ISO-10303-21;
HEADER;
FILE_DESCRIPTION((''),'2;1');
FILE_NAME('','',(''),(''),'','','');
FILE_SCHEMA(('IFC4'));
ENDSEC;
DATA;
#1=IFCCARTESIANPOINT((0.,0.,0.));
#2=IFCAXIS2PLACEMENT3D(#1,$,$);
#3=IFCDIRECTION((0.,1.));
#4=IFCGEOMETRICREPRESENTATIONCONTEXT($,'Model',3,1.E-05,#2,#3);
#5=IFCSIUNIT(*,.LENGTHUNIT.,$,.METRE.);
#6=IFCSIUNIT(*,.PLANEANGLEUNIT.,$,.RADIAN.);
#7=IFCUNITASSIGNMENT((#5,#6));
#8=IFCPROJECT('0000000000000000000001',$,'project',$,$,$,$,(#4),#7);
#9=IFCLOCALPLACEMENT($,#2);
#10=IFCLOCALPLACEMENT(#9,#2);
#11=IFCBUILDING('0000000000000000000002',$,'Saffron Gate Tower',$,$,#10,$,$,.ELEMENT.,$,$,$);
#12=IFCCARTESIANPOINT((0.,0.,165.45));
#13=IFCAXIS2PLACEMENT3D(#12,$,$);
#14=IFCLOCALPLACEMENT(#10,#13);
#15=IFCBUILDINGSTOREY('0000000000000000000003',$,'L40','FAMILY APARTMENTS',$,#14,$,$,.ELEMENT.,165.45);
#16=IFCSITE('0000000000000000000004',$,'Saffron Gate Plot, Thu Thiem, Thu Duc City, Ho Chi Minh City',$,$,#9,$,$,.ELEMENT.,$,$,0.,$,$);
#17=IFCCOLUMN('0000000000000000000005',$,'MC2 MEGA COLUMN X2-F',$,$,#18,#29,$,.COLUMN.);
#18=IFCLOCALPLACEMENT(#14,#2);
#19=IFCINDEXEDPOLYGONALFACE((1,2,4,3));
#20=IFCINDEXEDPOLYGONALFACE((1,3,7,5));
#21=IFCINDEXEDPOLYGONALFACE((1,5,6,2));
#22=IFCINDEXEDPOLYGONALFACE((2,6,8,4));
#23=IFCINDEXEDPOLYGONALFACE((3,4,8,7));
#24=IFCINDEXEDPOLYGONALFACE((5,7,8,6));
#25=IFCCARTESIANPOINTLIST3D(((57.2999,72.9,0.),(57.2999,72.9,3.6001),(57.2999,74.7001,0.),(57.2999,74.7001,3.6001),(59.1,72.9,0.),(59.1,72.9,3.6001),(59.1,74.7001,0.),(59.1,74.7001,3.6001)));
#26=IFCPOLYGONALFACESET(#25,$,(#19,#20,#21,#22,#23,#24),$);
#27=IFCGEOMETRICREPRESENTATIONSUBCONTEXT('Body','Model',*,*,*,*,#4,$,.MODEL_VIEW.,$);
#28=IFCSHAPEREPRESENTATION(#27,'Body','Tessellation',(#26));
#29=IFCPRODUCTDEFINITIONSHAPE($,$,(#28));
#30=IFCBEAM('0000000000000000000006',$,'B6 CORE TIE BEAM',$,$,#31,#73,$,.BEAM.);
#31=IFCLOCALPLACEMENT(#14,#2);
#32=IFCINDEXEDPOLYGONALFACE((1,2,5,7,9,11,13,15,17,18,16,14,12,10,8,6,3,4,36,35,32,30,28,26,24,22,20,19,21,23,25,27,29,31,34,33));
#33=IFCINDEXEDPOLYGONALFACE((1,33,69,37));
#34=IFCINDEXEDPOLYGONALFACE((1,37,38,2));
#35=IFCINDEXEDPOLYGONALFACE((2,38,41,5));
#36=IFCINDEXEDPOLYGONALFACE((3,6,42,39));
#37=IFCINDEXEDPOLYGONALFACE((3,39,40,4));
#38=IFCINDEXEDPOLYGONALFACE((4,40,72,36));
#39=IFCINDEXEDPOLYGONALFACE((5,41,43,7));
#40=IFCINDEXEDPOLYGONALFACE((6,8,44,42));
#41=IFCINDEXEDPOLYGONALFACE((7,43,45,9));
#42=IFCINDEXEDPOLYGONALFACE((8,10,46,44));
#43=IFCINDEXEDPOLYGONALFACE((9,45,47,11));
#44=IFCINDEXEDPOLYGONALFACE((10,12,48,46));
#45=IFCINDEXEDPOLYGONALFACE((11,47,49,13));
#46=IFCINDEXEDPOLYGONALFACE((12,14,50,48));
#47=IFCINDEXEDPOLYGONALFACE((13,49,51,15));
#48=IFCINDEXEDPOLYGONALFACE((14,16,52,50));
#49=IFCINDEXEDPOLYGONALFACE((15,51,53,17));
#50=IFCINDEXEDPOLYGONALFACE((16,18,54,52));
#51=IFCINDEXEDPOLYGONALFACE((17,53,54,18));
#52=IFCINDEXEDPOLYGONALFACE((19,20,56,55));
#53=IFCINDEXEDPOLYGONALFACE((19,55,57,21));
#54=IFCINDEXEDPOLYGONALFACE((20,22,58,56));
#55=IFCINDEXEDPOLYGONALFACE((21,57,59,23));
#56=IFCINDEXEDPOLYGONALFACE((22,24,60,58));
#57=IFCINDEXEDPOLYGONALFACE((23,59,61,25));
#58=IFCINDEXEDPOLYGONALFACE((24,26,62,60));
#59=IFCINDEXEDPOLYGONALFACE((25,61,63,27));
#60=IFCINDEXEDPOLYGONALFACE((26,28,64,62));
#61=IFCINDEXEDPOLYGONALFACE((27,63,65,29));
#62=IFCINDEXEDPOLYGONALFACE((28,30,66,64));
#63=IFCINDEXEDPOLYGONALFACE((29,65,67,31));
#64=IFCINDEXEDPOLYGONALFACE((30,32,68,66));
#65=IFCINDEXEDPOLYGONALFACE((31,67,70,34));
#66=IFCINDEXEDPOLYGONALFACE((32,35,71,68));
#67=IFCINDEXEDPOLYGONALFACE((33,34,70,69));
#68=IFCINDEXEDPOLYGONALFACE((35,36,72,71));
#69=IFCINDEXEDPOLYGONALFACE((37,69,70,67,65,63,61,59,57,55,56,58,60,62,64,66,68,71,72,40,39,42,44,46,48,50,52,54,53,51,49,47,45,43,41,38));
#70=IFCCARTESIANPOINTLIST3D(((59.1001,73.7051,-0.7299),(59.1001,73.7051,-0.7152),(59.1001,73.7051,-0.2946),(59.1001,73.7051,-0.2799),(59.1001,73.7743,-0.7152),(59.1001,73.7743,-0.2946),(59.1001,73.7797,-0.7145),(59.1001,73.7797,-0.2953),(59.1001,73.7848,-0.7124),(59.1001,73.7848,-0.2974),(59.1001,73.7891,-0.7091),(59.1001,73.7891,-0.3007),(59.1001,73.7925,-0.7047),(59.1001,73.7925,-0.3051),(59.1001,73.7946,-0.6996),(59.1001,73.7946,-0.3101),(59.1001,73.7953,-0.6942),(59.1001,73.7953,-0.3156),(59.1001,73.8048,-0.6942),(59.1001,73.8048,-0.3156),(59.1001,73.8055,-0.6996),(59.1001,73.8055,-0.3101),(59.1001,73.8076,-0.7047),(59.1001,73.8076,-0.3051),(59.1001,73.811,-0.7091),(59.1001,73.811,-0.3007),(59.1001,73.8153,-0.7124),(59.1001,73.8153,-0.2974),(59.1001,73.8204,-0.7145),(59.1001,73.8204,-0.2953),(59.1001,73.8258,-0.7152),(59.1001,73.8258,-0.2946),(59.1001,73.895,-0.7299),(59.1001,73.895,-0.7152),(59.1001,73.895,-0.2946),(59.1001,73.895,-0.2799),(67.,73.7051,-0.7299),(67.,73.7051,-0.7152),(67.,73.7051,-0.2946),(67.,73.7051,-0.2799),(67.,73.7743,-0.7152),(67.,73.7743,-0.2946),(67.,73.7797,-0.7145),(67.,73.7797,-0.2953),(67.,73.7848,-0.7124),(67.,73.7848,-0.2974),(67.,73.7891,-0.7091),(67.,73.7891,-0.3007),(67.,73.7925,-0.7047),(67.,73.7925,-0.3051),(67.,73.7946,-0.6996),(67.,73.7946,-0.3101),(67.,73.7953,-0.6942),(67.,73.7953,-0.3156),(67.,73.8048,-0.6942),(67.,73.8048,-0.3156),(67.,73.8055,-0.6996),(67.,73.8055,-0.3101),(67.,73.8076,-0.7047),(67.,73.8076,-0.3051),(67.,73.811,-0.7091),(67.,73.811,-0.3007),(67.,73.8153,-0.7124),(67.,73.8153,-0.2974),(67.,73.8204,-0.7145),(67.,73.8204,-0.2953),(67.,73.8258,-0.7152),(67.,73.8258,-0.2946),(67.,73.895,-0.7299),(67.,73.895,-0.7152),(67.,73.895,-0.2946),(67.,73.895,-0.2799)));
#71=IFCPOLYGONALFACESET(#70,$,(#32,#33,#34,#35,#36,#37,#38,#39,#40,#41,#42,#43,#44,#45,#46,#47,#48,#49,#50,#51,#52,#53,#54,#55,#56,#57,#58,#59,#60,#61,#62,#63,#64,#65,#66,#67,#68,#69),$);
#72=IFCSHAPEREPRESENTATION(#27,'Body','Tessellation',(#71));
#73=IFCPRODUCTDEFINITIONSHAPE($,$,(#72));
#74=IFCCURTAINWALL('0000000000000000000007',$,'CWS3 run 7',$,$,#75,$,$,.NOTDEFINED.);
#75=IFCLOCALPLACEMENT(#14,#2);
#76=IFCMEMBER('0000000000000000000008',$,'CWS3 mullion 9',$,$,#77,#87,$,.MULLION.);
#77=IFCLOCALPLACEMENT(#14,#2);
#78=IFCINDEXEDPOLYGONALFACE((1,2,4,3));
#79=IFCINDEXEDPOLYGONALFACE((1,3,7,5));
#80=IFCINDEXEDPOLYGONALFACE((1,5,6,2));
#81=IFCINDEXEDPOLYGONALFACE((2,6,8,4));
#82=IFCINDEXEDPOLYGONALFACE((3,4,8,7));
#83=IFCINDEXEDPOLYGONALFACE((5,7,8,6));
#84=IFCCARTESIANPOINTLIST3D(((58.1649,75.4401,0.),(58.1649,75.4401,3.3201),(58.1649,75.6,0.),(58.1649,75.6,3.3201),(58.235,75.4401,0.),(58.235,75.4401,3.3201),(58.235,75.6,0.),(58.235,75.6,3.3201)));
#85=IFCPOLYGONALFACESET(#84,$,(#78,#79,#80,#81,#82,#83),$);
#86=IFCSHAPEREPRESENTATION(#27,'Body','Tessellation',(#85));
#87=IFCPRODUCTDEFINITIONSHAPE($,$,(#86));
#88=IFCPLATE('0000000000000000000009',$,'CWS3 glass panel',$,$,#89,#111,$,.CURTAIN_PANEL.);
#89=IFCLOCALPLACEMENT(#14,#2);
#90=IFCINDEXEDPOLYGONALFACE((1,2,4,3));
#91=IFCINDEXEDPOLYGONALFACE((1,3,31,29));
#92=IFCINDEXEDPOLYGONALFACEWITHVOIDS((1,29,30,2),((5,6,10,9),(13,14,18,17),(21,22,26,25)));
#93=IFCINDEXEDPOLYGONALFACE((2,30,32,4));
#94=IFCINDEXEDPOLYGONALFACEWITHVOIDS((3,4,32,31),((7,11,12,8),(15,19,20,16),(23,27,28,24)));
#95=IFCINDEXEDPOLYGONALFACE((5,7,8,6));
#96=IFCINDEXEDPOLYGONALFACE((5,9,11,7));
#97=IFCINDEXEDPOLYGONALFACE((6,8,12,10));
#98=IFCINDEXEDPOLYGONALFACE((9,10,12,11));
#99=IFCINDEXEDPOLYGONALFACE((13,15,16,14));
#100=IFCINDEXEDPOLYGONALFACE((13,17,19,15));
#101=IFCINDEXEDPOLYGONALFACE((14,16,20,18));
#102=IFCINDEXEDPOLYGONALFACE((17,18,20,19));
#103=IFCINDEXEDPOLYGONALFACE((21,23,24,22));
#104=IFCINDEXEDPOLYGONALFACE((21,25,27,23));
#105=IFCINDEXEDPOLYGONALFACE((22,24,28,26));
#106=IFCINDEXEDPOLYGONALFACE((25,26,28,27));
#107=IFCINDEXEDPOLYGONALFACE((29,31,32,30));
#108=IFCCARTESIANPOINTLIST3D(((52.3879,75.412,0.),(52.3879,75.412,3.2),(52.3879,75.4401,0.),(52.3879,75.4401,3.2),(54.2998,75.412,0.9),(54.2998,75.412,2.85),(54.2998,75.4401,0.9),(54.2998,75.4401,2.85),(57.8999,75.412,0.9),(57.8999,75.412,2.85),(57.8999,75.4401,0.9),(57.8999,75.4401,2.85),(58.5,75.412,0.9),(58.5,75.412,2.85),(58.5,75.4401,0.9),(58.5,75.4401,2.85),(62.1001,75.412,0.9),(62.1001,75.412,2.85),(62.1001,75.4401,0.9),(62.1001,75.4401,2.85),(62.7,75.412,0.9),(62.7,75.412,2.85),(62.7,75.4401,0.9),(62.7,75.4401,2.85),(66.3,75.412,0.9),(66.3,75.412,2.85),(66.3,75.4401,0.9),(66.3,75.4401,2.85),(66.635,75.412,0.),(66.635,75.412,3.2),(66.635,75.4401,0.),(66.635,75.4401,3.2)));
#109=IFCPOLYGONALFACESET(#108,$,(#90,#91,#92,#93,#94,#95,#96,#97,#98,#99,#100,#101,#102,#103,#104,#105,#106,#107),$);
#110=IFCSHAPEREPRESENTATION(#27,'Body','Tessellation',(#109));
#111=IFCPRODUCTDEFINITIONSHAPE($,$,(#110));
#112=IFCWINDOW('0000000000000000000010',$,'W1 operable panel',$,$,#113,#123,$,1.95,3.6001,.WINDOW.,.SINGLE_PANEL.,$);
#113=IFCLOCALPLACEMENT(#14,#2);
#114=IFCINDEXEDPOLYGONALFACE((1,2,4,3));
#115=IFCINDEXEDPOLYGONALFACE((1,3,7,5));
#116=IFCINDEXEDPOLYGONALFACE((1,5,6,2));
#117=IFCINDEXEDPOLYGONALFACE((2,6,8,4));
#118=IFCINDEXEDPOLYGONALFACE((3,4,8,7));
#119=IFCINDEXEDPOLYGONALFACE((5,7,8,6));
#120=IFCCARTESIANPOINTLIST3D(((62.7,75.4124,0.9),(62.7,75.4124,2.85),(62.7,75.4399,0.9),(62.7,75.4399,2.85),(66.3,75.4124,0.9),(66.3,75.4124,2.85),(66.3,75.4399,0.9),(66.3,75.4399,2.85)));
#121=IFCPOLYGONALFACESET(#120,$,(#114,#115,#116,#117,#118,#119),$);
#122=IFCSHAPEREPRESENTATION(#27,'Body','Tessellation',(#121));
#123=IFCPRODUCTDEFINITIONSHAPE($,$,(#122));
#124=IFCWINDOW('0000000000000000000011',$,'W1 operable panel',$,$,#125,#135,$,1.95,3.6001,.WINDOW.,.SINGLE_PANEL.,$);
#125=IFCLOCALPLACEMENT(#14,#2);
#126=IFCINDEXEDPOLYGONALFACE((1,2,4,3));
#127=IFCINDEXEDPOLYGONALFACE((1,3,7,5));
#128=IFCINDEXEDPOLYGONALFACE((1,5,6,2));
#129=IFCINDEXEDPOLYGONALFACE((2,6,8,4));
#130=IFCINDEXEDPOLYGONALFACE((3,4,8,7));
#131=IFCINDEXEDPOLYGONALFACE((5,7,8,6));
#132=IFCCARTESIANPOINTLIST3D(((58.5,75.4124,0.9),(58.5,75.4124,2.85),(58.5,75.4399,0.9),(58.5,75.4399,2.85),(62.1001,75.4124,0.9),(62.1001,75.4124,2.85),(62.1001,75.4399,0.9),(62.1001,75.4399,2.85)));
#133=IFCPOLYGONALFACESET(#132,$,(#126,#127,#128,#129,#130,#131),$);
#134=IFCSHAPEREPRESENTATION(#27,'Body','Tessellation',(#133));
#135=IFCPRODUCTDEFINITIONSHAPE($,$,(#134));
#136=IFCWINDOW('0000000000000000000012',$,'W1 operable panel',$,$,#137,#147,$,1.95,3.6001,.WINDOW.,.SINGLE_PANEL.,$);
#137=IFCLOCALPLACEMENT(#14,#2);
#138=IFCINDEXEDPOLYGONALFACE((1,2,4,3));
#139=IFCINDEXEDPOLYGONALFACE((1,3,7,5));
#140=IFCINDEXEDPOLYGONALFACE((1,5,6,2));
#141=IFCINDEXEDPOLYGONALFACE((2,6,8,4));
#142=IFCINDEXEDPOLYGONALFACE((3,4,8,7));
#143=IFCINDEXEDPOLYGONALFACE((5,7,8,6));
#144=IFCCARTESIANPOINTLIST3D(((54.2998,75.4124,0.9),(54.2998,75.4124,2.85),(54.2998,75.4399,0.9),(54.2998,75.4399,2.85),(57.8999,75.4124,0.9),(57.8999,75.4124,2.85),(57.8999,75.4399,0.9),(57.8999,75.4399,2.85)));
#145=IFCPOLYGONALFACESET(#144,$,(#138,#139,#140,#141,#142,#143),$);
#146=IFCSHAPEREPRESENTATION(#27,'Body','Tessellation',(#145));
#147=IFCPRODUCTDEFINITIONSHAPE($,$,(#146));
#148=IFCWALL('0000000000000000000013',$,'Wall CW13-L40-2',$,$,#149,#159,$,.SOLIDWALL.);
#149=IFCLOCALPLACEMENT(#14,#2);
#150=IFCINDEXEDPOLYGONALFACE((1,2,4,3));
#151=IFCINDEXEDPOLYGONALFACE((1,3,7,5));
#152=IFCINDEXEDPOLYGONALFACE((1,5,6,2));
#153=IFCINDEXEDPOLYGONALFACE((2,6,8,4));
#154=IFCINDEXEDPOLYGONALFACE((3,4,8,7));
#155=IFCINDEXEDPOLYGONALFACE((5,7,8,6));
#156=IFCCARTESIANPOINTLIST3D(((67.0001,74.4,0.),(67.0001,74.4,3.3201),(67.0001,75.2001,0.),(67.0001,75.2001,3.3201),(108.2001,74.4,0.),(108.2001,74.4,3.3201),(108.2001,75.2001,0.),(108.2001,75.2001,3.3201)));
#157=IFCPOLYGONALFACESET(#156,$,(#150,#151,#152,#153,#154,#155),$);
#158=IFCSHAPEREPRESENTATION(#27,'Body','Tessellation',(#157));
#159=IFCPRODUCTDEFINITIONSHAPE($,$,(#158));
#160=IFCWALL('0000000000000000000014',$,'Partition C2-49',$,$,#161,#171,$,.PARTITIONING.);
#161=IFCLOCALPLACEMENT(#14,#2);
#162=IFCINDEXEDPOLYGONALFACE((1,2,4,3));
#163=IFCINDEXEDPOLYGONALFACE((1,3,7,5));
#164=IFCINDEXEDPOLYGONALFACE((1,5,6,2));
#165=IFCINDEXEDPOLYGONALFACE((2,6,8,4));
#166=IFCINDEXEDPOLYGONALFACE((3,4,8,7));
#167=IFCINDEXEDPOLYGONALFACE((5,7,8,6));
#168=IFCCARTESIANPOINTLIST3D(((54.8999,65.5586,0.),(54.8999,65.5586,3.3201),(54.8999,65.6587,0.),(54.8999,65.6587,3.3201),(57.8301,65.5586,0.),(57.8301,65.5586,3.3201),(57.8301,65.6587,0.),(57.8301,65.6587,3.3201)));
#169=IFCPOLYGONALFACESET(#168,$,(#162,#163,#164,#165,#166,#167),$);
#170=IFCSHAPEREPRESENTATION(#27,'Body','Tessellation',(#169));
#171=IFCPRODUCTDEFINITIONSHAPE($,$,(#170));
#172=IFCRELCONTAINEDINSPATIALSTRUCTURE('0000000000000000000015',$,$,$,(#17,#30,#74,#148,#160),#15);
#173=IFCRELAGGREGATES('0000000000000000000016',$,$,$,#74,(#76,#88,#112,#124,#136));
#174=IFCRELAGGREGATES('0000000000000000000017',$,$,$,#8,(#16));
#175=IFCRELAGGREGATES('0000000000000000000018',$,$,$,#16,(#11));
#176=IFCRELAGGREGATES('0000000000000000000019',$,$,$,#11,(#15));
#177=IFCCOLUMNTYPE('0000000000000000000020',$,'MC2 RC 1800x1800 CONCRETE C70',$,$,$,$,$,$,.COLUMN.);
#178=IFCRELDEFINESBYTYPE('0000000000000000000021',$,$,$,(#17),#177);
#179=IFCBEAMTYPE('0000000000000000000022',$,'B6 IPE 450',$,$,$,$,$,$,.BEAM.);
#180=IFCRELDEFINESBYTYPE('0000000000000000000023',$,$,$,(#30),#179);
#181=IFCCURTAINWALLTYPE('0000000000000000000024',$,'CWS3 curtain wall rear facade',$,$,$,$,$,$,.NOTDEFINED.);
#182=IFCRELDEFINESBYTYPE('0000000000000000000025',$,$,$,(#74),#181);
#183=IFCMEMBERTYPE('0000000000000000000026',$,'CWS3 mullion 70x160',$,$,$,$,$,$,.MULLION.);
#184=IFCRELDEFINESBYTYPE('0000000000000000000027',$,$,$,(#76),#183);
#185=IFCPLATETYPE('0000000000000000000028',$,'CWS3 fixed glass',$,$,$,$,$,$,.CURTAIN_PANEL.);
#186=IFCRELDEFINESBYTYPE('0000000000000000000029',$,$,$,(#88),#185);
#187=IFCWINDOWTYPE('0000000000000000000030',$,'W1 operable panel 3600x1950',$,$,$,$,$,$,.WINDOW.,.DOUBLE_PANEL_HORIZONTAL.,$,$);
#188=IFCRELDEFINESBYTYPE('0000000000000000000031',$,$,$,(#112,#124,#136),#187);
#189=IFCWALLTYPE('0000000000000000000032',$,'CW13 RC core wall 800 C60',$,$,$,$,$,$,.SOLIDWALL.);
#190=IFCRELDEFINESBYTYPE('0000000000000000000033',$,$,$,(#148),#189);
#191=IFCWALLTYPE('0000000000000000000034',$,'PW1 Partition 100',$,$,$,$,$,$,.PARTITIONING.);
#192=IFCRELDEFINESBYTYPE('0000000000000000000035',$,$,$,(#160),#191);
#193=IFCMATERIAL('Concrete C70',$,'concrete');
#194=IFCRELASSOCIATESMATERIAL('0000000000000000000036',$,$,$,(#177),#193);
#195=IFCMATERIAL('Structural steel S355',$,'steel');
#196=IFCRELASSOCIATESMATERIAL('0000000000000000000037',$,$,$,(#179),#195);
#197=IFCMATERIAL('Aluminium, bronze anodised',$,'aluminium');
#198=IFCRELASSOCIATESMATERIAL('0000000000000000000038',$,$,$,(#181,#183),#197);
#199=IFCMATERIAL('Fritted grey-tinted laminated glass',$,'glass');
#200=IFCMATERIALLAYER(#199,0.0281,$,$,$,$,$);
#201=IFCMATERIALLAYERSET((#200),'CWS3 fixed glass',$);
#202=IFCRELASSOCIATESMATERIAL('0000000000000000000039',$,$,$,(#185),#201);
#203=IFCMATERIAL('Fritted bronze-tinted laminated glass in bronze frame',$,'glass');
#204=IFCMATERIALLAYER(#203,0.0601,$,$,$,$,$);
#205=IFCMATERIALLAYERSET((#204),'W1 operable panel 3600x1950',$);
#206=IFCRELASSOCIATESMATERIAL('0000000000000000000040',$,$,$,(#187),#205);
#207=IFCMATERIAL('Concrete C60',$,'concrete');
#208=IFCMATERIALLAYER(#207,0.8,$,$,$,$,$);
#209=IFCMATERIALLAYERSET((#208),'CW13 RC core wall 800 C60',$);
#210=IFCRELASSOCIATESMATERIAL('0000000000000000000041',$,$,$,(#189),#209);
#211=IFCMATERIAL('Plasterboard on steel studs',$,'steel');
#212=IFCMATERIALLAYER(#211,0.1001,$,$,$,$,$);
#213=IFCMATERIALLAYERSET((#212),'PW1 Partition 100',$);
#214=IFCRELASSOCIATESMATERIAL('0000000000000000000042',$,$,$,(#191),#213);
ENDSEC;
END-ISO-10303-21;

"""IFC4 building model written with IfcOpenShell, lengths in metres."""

from ifc_helpers import new_model, si_unit, direction, frame, frame_2d, origin, origin_2d, place, context, subcontext, project, spatial, rectangle, i_section, extrude, material, layer, layer_set, material_profile, profile_set, type_object, element, fill, aggregate, save


model = new_model("IFC4")

# Units and contexts
model_context = context("Model", 3, precision=1e-05, world=origin(), true_north=direction((0.0, 1.0)))
body_context = subcontext(model_context, "Body", "Model", "MODEL_VIEW")
ifc_project = project(units=[si_unit("LENGTHUNIT", "METRE"), si_unit("PLANEANGLEUNIT", "RADIAN")], contexts=[model_context])

# Site, building, storey
site_placement = place(None, origin())
site = spatial("IfcSite", under=ifc_project, at=site_placement, Name="Saffron Gate Plot, Thu Thiem, Thu Duc City, Ho Chi Minh City", CompositionType="ELEMENT", RefElevation=0.0)
building_placement = place(site_placement, origin())
building = spatial("IfcBuilding", under=site, at=building_placement, Name="Saffron Gate Tower", CompositionType="ELEMENT")
storey_placement = place(building_placement, frame((0.0, 0.0, 165.45)))
storey = spatial("IfcBuildingStorey", under=building, at=storey_placement, Name="L40", Description="FAMILY APARTMENTS", CompositionType="ELEMENT", Elevation=165.45)

# Column
ifc_material_1 = material(Name="Concrete C70", Category="concrete")
ifc_material_profile_1 = material_profile(ifc_material_1, rectangle(XDim=1.8, YDim=1.8, at=origin_2d()))
ifc_profile_set_1 = profile_set([ifc_material_profile_1], Name="Concrete C70")
column_type = type_object("IfcColumnType", Name="MC2 RC 1800x1800 CONCRETE C70", PredefinedType="COLUMN", material=ifc_profile_set_1)
column_placement = place(storey_placement, frame((58.2, 73.8, 0.0), z_axis=(0.0, 0.0, 1.0), x_axis=(1.0, 0.0, 0.0)))
element("IfcColumn", 1, at=column_placement, inside=storey, type_object=column_type, Name="MC2 MEGA COLUMN X2-F", PredefinedType="COLUMN", context=body_context, shape_type="SweptSolid", body=[
    extrude(rectangle(XDim=1.8, YDim=1.8, at=origin_2d()), origin(), (0.0, 0.0, 1.0), 3.6001),
])

# Beam
ifc_material_2 = material(Name="Structural steel S355", Category="steel")
ifc_material_profile_2 = material_profile(ifc_material_2, i_section(OverallWidth=0.1899, OverallDepth=0.45, WebThickness=0.0095, FlangeThickness=0.0146, FilletRadius=0.021, at=origin_2d()))
ifc_profile_set_2 = profile_set([ifc_material_profile_2], Name="Structural steel S355")
beam_type = type_object("IfcBeamType", Name="B6 IPE 450", PredefinedType="BEAM", material=ifc_profile_set_2)
beam_placement = place(storey_placement, frame((59.1001, 73.8, -0.5049), z_axis=(1.0, 0.0, 0.0), x_axis=(0.0, 1.0, 0.0)))
element("IfcBeam", 2, at=beam_placement, inside=storey, type_object=beam_type, Name="B6 CORE TIE BEAM", PredefinedType="BEAM", context=body_context, shape_type="SweptSolid", body=[
    extrude(i_section(OverallWidth=0.1899, OverallDepth=0.45, WebThickness=0.0095, FlangeThickness=0.0146, FilletRadius=0.021, at=origin_2d()), origin(), (0.0, 0.0, 1.0), 7.8999),
])

# Curtain wall, member, plate, openings, windows
ifc_material_3 = material(Name="Aluminium, bronze anodised", Category="aluminium")
curtain_wall_type = type_object("IfcCurtainWallType", Name="CWS3 curtain wall rear facade", PredefinedType="NOTDEFINED", material=ifc_material_3)
curtain_wall_placement = place(storey_placement, origin())
curtain_wall = element("IfcCurtainWall", 3, at=curtain_wall_placement, inside=storey, type_object=curtain_wall_type, Name="CWS3 run 7", PredefinedType="NOTDEFINED")
ifc_material_profile_3 = material_profile(ifc_material_3, rectangle(XDim=0.1599, YDim=0.0701, at=origin_2d()))
ifc_profile_set_3 = profile_set([ifc_material_profile_3], Name="Aluminium, bronze anodised")
member_type = type_object("IfcMemberType", Name="CWS3 mullion 70x160", PredefinedType="MULLION", material=ifc_profile_set_3)
member_placement = place(storey_placement, frame((58.2, 75.52, 0.0), z_axis=(0.0, 0.0, 1.0), x_axis=(0.0, -1.0, 0.0)))
member = element("IfcMember", 4, at=member_placement, type_object=member_type, Name="CWS3 mullion 9", PredefinedType="MULLION", context=body_context, shape_type="SweptSolid", body=[
    extrude(rectangle(XDim=0.1599, YDim=0.0701, at=origin_2d()), origin(), (0.0, 0.0, 1.0), 3.3201),
])
ifc_material_4 = material(Name="Fritted grey-tinted laminated glass", Category="glass")
ifc_layer_1 = layer(ifc_material_4, 0.0281)
ifc_layer_set_1 = layer_set([ifc_layer_1], Name="CWS3 fixed glass")
plate_type = type_object("IfcPlateType", Name="CWS3 fixed glass", PredefinedType="CURTAIN_PANEL", material=ifc_layer_set_1)
plate_placement = place(storey_placement, frame((66.635, 75.426, 0.0), z_axis=(0.0, 0.0, 1.0), x_axis=(-1.0, 0.0, 0.0)))
plate = element("IfcPlate", 5, at=plate_placement, type_object=plate_type, Name="CWS3 glass panel", PredefinedType="CURTAIN_PANEL", context=body_context, shape_type="SweptSolid", body=[
    extrude(rectangle(XDim=14.2471, YDim=0.0281, at=frame_2d((7.1235, 0.0))), origin(), (0.0, 0.0, 1.0), 3.2),
])
opening_1_placement = place(plate_placement, frame((0.335, 0.0, 0.8999)))
opening_1 = element("IfcOpeningElement", 6, at=opening_1_placement, cuts=plate, PredefinedType="OPENING", context=body_context, shape_type="SweptSolid", body=[
    extrude(rectangle(XDim=3.6001, YDim=1.95, at=frame_2d((1.8, 0.9751))), frame((0.0, 0.0239, 0.0), z_axis=(0.0, -1.0, 0.0), x_axis=(1.0, 0.0, 0.0)), (0.0, 0.0, 1.0), 0.0481),
])
opening_2_placement = place(plate_placement, frame((4.5349, 0.0, 0.8999)))
opening_2 = element("IfcOpeningElement", 7, at=opening_2_placement, cuts=plate, PredefinedType="OPENING", context=body_context, shape_type="SweptSolid", body=[
    extrude(rectangle(XDim=3.6001, YDim=1.95, at=frame_2d((1.8, 0.9751))), frame((0.0, 0.0239, 0.0), z_axis=(0.0, -1.0, 0.0), x_axis=(1.0, 0.0, 0.0)), (0.0, 0.0, 1.0), 0.0481),
])
opening_3_placement = place(plate_placement, frame((8.7351, 0.0, 0.8999)))
opening_3 = element("IfcOpeningElement", 8, at=opening_3_placement, cuts=plate, PredefinedType="OPENING", context=body_context, shape_type="SweptSolid", body=[
    extrude(rectangle(XDim=3.6001, YDim=1.95, at=frame_2d((1.8, 0.9751))), frame((0.0, 0.0239, 0.0), z_axis=(0.0, -1.0, 0.0), x_axis=(1.0, 0.0, 0.0)), (0.0, 0.0, 1.0), 0.0481),
])
ifc_material_5 = material(Name="Fritted bronze-tinted laminated glass in bronze frame", Category="glass")
ifc_layer_2 = layer(ifc_material_5, 0.0601)
ifc_layer_set_2 = layer_set([ifc_layer_2], Name="W1 operable panel 3600x1950")
window_type = type_object("IfcWindowType", Name="W1 operable panel 3600x1950", PartitioningType="DOUBLE_PANEL_HORIZONTAL", PredefinedType="WINDOW", material=ifc_layer_set_2)
window_1_placement = place(opening_1_placement, origin())
window_1 = element("IfcWindow", 9, at=window_1_placement, type_object=window_type, Name="W1 operable panel", OverallHeight=1.95, OverallWidth=3.6001, PartitioningType="SINGLE_PANEL", PredefinedType="WINDOW", context=body_context, shape_type="SweptSolid", body=[
    extrude(rectangle(XDim=3.6001, YDim=1.95, at=frame_2d((1.8, 0.9751))), frame((0.0, 0.0137, 0.0), z_axis=(0.0, -1.0, 0.0), x_axis=(1.0, 0.0, 0.0)), (0.0, 0.0, 1.0), 0.0276),
])
fill(opening_1, window_1)
window_2_placement = place(opening_2_placement, origin())
window_2 = element("IfcWindow", 10, at=window_2_placement, type_object=window_type, Name="W1 operable panel", OverallHeight=1.95, OverallWidth=3.6001, PartitioningType="SINGLE_PANEL", PredefinedType="WINDOW", context=body_context, shape_type="SweptSolid", body=[
    extrude(rectangle(XDim=3.6001, YDim=1.95, at=frame_2d((1.8, 0.9751))), frame((0.0, 0.0137, 0.0), z_axis=(0.0, -1.0, 0.0), x_axis=(1.0, 0.0, 0.0)), (0.0, 0.0, 1.0), 0.0276),
])
fill(opening_2, window_2)
window_3_placement = place(opening_3_placement, origin())
window_3 = element("IfcWindow", 11, at=window_3_placement, type_object=window_type, Name="W1 operable panel", OverallHeight=1.95, OverallWidth=3.6001, PartitioningType="SINGLE_PANEL", PredefinedType="WINDOW", context=body_context, shape_type="SweptSolid", body=[
    extrude(rectangle(XDim=3.6001, YDim=1.95, at=frame_2d((1.8, 0.9751))), frame((0.0, 0.0137, 0.0), z_axis=(0.0, -1.0, 0.0), x_axis=(1.0, 0.0, 0.0)), (0.0, 0.0, 1.0), 0.0276),
])
fill(opening_3, window_3)
aggregate(curtain_wall, [member, plate, window_1, window_2, window_3])

# Walls
ifc_material_6 = material(Name="Concrete C60", Category="concrete")
ifc_layer_3 = layer(ifc_material_6, 0.8)
ifc_layer_set_3 = layer_set([ifc_layer_3], Name="CW13 RC core wall 800 C60")
wall_type_1 = type_object("IfcWallType", Name="CW13 RC core wall 800 C60", PredefinedType="SOLIDWALL", material=ifc_layer_set_3)
wall_1_placement = place(storey_placement, frame((67.0, 74.8, 0.0), z_axis=(0.0, 0.0, 1.0), x_axis=(1.0, 0.0, 0.0)))
element("IfcWall", 12, at=wall_1_placement, inside=storey, type_object=wall_type_1, Name="Wall CW13-L40-2", PredefinedType="SOLIDWALL", context=body_context, shape_type="SweptSolid", body=[
    extrude(rectangle(XDim=41.2, YDim=0.8, at=frame_2d((20.6001, 0.0))), origin(), (0.0, 0.0, 1.0), 3.3201),
])
ifc_material_7 = material(Name="Plasterboard on steel studs", Category="steel")
ifc_layer_4 = layer(ifc_material_7, 0.1001)
ifc_layer_set_4 = layer_set([ifc_layer_4], Name="PW1 Partition 100")
wall_type_2 = type_object("IfcWallType", Name="PW1 Partition 100", PredefinedType="PARTITIONING", material=ifc_layer_set_4)
wall_2_placement = place(storey_placement, frame((54.8999, 65.6086, 0.0), z_axis=(0.0, 0.0, 1.0), x_axis=(1.0, 0.0, 0.0)))
element("IfcWall", 13, at=wall_2_placement, inside=storey, type_object=wall_type_2, Name="Partition C2-49", PredefinedType="PARTITIONING", context=body_context, shape_type="SweptSolid", body=[
    extrude(rectangle(XDim=2.9302, YDim=0.1001, at=frame_2d((1.4651, 0.0))), origin(), (0.0, 0.0, 1.0), 3.3201),
])

save(model, "model.ifc")
